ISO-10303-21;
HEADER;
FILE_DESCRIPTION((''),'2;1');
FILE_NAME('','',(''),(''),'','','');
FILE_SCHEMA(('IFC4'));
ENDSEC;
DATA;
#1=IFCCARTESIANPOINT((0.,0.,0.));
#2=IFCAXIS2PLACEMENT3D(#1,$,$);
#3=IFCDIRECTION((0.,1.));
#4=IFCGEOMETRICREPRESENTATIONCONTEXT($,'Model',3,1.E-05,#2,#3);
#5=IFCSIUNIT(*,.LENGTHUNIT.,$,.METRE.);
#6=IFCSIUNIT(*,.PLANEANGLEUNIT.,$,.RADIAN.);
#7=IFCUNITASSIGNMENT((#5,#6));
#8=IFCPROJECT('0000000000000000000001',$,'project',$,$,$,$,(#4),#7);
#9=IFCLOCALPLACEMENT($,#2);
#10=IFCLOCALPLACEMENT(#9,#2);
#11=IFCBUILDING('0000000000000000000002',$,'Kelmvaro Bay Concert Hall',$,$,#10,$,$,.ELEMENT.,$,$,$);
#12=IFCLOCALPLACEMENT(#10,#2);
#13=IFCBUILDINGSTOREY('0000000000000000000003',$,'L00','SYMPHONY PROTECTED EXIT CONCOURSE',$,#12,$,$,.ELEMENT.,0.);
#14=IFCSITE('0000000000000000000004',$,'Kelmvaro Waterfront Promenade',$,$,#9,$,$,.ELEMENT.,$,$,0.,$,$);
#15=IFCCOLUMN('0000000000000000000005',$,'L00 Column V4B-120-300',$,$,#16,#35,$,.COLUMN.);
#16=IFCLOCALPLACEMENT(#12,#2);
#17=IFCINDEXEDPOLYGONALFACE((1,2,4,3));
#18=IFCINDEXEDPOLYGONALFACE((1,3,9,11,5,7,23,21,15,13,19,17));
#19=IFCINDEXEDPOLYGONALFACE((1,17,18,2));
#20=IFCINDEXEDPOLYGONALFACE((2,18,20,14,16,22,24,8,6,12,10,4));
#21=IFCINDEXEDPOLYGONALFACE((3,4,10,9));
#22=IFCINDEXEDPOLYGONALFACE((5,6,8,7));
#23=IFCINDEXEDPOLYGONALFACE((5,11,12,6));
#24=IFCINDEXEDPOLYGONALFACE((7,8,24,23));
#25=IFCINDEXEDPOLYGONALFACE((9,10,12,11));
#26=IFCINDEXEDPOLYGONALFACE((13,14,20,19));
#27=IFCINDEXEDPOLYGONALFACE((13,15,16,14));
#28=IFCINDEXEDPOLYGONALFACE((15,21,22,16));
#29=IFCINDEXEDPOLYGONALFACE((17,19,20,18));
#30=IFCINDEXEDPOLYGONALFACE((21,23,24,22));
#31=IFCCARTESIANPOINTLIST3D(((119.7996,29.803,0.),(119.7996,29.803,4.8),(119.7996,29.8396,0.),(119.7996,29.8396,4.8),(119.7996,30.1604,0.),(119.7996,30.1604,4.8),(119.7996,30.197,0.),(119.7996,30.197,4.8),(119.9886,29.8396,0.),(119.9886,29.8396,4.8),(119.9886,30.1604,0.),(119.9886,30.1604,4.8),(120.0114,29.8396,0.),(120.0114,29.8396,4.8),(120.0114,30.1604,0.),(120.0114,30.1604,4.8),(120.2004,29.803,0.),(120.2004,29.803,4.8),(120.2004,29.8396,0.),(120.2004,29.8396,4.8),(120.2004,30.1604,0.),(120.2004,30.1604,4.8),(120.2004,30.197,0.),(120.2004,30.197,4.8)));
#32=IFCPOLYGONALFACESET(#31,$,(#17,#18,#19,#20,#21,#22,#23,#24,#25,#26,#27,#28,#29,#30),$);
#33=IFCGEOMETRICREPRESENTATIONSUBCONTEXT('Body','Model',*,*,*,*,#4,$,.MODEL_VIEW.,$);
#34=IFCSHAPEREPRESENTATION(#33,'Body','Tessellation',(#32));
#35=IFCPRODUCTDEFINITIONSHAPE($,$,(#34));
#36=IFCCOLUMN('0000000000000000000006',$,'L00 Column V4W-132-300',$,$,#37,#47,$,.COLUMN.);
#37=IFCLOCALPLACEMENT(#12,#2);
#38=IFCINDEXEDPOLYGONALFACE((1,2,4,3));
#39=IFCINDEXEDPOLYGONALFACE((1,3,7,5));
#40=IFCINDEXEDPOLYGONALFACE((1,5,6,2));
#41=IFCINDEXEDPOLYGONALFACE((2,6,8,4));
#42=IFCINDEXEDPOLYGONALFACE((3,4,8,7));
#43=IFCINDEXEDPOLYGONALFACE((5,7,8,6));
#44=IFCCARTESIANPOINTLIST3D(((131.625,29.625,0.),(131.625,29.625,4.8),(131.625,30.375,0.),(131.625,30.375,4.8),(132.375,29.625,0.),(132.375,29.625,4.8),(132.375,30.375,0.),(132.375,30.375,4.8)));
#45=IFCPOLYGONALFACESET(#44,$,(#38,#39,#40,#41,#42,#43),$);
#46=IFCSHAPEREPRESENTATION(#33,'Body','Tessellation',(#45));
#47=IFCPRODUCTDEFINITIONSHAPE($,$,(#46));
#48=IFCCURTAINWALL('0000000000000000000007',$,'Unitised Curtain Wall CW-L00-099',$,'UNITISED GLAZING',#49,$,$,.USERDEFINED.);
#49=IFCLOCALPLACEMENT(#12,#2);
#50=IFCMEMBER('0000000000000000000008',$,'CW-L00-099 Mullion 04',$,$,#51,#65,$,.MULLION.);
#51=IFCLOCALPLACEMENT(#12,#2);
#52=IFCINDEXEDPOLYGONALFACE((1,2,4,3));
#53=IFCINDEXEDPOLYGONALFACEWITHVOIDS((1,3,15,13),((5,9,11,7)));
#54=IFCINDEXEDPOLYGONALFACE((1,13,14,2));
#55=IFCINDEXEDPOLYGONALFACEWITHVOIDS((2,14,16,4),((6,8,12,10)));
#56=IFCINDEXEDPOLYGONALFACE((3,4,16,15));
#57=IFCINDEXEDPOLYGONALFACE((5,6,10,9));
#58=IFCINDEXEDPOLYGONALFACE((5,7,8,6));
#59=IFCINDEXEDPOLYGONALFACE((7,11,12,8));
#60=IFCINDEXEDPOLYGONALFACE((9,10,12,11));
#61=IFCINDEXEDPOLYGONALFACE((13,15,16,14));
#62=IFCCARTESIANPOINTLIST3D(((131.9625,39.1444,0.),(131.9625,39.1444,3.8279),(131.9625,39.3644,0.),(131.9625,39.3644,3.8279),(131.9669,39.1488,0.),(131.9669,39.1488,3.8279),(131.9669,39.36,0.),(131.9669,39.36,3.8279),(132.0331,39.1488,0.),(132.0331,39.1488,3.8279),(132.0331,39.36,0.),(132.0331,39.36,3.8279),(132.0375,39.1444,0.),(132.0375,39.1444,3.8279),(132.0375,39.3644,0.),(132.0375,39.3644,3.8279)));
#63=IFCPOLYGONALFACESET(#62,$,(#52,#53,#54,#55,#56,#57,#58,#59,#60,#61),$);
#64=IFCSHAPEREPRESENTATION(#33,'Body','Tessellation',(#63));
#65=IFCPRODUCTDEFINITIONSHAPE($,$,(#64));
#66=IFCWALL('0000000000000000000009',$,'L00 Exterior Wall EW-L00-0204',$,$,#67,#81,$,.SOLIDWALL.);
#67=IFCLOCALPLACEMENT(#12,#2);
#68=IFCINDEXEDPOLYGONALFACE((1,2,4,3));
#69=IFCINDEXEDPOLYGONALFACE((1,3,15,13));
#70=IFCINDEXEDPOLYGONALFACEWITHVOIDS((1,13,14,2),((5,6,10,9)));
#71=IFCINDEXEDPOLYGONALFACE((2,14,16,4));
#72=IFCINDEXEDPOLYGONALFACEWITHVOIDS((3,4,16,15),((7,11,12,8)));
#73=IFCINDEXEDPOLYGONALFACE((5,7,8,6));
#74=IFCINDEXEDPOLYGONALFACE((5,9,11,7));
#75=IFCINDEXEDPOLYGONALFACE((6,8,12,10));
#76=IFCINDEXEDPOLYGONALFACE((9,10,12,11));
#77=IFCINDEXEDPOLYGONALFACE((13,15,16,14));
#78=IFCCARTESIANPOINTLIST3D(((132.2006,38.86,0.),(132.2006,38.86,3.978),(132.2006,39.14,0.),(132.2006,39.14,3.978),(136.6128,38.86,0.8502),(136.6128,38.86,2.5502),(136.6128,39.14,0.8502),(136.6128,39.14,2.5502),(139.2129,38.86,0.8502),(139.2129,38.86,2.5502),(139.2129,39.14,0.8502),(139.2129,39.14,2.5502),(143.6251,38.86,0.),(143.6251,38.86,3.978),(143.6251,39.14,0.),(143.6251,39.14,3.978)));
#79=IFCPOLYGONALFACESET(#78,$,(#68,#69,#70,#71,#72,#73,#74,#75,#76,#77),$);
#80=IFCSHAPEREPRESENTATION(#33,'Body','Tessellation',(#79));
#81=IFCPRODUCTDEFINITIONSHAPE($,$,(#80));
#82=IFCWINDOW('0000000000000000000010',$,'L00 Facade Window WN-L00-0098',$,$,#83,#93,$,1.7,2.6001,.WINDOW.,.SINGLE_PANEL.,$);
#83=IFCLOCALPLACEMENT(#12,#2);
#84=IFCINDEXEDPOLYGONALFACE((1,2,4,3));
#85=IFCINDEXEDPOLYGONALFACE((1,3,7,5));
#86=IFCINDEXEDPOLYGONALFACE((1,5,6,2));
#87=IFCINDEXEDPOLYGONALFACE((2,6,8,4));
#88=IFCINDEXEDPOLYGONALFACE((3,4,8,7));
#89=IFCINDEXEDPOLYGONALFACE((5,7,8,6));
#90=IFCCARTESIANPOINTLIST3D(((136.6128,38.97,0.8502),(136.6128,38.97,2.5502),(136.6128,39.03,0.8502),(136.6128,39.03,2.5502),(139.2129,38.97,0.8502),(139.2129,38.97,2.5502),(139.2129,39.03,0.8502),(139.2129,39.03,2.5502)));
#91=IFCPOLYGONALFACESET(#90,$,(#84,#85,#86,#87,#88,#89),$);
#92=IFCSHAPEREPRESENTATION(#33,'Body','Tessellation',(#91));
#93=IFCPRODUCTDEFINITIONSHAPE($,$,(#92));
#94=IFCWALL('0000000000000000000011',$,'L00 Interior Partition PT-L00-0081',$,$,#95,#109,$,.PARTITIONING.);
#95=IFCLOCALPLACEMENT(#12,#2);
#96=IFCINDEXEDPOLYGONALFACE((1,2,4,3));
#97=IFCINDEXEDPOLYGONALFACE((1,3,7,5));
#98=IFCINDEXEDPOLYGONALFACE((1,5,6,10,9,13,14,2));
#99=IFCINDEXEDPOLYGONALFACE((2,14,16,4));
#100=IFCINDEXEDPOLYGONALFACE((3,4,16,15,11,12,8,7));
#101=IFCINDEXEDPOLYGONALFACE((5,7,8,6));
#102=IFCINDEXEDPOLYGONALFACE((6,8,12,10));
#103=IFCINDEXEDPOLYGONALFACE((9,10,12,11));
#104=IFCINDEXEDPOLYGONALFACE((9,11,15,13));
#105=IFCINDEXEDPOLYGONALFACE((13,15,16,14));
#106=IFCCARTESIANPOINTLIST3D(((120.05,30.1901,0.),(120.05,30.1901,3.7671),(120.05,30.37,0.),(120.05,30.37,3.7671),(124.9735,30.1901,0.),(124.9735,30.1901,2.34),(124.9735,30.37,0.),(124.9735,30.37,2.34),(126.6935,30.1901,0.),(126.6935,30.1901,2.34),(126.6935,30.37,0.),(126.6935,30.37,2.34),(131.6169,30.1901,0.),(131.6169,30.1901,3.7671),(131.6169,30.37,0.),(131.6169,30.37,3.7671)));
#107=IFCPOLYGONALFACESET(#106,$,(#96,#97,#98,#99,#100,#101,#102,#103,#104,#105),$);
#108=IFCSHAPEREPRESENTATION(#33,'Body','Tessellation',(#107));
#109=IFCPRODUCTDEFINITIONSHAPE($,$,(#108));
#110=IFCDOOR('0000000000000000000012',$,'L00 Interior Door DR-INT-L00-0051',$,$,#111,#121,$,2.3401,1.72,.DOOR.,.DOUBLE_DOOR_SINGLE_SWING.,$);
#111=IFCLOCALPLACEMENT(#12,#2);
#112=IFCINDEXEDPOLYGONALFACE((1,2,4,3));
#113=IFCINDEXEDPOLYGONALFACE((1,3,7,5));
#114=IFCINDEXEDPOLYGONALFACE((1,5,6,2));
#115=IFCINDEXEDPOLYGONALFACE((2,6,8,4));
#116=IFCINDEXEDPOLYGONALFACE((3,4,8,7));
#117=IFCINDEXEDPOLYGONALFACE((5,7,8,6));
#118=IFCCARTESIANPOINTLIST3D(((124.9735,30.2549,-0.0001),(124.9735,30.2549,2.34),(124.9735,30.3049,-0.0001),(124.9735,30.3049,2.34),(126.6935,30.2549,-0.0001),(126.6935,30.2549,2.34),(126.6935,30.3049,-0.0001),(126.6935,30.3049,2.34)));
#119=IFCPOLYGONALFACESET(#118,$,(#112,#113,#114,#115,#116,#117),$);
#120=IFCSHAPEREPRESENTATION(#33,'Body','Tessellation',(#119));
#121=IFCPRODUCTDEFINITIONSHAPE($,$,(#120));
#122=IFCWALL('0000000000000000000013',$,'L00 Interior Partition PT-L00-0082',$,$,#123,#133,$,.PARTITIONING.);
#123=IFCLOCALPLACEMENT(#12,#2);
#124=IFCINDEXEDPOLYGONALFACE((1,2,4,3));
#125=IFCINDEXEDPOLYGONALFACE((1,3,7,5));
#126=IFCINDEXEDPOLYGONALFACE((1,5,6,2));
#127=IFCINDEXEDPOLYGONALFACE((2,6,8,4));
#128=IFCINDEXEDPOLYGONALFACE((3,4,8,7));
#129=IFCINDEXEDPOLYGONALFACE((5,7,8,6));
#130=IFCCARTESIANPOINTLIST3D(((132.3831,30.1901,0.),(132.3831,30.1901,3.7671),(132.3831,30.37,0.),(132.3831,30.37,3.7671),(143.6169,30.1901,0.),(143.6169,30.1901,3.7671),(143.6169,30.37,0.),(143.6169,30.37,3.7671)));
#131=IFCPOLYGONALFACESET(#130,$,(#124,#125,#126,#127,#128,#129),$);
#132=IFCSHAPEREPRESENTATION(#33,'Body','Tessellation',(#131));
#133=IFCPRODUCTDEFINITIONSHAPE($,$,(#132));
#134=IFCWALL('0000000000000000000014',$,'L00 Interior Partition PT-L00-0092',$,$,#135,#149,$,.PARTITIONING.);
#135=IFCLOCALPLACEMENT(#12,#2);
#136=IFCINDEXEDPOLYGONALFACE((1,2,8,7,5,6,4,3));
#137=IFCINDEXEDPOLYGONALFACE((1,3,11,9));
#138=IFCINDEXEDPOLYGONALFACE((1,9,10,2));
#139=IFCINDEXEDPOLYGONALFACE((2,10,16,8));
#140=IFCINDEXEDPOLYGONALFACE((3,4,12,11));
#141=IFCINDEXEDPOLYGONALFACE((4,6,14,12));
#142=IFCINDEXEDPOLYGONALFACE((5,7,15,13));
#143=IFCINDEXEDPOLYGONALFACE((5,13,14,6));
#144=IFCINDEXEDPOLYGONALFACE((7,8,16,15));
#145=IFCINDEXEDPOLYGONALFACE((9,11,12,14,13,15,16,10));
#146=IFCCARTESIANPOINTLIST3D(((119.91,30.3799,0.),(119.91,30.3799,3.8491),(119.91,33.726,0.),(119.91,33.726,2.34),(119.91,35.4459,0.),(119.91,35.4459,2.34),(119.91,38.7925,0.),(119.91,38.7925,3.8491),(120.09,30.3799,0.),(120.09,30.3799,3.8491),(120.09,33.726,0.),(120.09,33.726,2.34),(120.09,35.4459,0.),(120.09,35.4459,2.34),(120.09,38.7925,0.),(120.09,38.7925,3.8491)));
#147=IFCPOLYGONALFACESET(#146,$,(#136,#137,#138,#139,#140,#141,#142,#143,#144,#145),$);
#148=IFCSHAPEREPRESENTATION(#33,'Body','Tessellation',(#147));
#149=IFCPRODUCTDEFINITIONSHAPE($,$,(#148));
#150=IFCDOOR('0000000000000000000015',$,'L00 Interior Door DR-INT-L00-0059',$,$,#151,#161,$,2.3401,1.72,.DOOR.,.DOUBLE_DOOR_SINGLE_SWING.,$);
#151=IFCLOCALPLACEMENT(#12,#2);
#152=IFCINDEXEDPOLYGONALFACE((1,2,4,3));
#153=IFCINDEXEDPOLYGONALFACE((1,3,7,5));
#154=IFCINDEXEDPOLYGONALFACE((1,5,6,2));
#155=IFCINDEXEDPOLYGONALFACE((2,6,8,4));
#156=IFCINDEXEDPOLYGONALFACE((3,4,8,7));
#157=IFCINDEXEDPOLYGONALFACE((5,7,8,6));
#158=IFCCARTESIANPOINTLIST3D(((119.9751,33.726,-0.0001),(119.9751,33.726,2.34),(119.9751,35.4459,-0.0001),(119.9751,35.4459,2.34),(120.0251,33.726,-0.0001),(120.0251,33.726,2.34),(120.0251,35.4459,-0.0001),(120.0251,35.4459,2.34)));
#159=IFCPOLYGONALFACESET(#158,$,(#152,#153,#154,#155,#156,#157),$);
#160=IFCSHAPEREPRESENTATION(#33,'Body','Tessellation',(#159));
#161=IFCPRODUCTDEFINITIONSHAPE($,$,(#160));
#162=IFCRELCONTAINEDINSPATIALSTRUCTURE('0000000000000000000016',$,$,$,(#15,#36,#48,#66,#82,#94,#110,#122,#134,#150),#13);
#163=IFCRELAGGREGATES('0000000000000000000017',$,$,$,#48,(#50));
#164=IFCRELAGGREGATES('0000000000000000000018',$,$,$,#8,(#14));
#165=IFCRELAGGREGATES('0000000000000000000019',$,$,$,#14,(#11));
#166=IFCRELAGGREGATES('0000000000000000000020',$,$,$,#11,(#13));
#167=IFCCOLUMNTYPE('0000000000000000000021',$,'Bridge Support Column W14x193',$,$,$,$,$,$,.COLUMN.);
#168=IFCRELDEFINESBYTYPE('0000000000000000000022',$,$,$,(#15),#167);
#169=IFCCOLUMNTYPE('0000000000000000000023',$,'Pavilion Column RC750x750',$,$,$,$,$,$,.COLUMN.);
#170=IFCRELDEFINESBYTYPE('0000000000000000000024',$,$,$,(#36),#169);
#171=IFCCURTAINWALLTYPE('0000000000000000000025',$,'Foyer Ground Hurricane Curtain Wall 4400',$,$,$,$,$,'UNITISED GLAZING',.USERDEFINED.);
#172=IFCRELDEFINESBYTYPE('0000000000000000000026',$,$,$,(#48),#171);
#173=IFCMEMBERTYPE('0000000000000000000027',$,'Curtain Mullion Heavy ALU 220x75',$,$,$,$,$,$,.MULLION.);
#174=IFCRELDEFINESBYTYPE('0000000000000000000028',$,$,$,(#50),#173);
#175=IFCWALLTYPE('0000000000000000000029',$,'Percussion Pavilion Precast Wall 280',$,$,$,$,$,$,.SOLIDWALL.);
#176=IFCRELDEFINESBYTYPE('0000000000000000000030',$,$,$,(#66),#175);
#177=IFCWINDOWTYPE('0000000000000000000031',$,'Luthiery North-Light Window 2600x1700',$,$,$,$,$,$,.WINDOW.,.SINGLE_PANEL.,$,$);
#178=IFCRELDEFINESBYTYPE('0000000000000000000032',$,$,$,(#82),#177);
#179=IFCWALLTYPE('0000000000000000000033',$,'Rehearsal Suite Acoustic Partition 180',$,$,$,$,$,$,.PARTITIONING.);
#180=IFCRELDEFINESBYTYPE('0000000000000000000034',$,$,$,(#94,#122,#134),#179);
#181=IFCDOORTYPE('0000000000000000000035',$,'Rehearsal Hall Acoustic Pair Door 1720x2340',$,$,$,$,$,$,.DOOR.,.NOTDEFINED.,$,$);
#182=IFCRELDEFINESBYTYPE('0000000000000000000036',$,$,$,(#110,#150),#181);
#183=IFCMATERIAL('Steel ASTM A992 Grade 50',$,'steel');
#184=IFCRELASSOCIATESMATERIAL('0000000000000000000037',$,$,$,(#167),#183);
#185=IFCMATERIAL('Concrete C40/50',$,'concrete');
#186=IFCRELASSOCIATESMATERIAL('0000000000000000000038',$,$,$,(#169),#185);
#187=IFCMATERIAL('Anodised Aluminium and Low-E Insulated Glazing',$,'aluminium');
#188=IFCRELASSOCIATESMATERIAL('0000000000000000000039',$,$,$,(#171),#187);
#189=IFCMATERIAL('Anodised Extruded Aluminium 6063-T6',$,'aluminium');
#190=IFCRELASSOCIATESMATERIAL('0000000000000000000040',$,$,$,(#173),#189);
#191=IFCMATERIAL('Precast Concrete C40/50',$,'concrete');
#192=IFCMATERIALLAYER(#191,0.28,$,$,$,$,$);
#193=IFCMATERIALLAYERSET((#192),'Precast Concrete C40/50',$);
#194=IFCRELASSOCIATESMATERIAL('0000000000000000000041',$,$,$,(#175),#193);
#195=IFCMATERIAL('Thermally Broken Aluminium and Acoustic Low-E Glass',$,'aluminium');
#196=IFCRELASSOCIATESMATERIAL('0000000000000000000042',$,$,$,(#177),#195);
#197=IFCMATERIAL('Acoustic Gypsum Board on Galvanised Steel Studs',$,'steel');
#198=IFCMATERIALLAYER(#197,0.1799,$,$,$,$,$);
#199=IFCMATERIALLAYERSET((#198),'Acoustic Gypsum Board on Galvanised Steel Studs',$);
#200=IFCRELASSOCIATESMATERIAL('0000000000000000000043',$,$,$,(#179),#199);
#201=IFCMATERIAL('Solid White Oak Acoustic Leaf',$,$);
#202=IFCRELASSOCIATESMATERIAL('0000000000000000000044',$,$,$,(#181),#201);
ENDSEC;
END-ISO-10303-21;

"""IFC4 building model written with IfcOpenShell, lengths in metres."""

from ifc_helpers import new_model, si_unit, direction, frame, frame_2d, origin, origin_2d, place, context, subcontext, project, spatial, rectangle, hollow_rectangle, i_section, extrude, material, layer, layer_set, material_profile, profile_set, type_object, element, fill, aggregate, save


model = new_model("IFC4")

# Units and contexts
model_context = context("Model", 3, precision=1e-05, world=origin(), true_north=direction((0.0, 1.0)))
body_context = subcontext(model_context, "Body", "Model", "MODEL_VIEW")
ifc_project = project(units=[si_unit("LENGTHUNIT", "METRE"), si_unit("PLANEANGLEUNIT", "RADIAN")], contexts=[model_context])

# Site, building, storey
site_placement = place(None, origin())
site = spatial("IfcSite", under=ifc_project, at=site_placement, Name="Kelmvaro Waterfront Promenade", CompositionType="ELEMENT", RefElevation=0.0)
building_placement = place(site_placement, origin())
building = spatial("IfcBuilding", under=site, at=building_placement, Name="Kelmvaro Bay Concert Hall", CompositionType="ELEMENT")
storey_placement = place(building_placement, origin())
storey = spatial("IfcBuildingStorey", under=building, at=storey_placement, Name="L00", Description="SYMPHONY PROTECTED EXIT CONCOURSE", CompositionType="ELEMENT", Elevation=0.0)

# Columns
ifc_material_1 = material(Name="Steel ASTM A992 Grade 50", Category="steel")
ifc_material_profile_1 = material_profile(ifc_material_1, i_section(OverallWidth=0.4009, OverallDepth=0.394, WebThickness=0.0227, FlangeThickness=0.0366, at=origin_2d()), Name="W14X193")
ifc_profile_set_1 = profile_set([ifc_material_profile_1], Name="Steel ASTM A992 Grade 50")
column_type_1 = type_object("IfcColumnType", Name="Bridge Support Column W14x193", PredefinedType="COLUMN", material=ifc_profile_set_1)
column_1_placement = place(storey_placement, frame((120.0, 30.0, 0.0), z_axis=(0.0, 0.0, 1.0), x_axis=(1.0, 0.0, 0.0)))
element("IfcColumn", 1, at=column_1_placement, inside=storey, type_object=column_type_1, Name="L00 Column V4B-120-300", PredefinedType="COLUMN", context=body_context, shape_type="SweptSolid", body=[
    extrude(i_section(OverallWidth=0.4009, OverallDepth=0.394, WebThickness=0.0227, FlangeThickness=0.0366, at=origin_2d()), origin(), (0.0, 0.0, 1.0), 4.8),
])
ifc_material_2 = material(Name="Concrete C40/50", Category="concrete")
ifc_material_profile_2 = material_profile(ifc_material_2, rectangle(XDim=0.75, YDim=0.75, at=origin_2d()), Name="RC-COL-750X750")
ifc_profile_set_2 = profile_set([ifc_material_profile_2], Name="Concrete C40/50")
column_type_2 = type_object("IfcColumnType", Name="Pavilion Column RC750x750", PredefinedType="COLUMN", material=ifc_profile_set_2)
column_2_placement = place(storey_placement, frame((132.0, 30.0, 0.0), z_axis=(0.0, 0.0, 1.0), x_axis=(1.0, 0.0, 0.0)))
element("IfcColumn", 2, at=column_2_placement, inside=storey, type_object=column_type_2, Name="L00 Column V4W-132-300", PredefinedType="COLUMN", context=body_context, shape_type="SweptSolid", body=[
    extrude(rectangle(XDim=0.75, YDim=0.75, at=origin_2d()), origin(), (0.0, 0.0, 1.0), 4.8),
])

# Curtain wall, member
ifc_material_3 = material(Name="Anodised Aluminium and Low-E Insulated Glazing", Category="aluminium")
curtain_wall_type = type_object("IfcCurtainWallType", Name="Foyer Ground Hurricane Curtain Wall 4400", ElementType="UNITISED GLAZING", PredefinedType="USERDEFINED", material=ifc_material_3)
curtain_wall_placement = place(storey_placement, origin())
curtain_wall = element("IfcCurtainWall", 3, at=curtain_wall_placement, inside=storey, type_object=curtain_wall_type, Name="Unitised Curtain Wall CW-L00-099", ObjectType="UNITISED GLAZING", PredefinedType="USERDEFINED")
ifc_material_4 = material(Name="Anodised Extruded Aluminium 6063-T6", Category="aluminium")
ifc_material_profile_3 = material_profile(ifc_material_4, hollow_rectangle(XDim=0.075, YDim=0.22, WallThickness=0.0044, at=origin_2d()), Name="ALU-MUL-220X75")
ifc_profile_set_3 = profile_set([ifc_material_profile_3], Name="Anodised Extruded Aluminium 6063-T6")
member_type = type_object("IfcMemberType", Name="Curtain Mullion Heavy ALU 220x75", PredefinedType="MULLION", material=ifc_profile_set_3)
member_placement = place(storey_placement, frame((132.0, 39.2544, 0.0), z_axis=(0.0, 0.0, 1.0), x_axis=(1.0, 0.0, 0.0)))
member = element("IfcMember", 4, at=member_placement, type_object=member_type, Name="CW-L00-099 Mullion 04", PredefinedType="MULLION", context=body_context, shape_type="SweptSolid", body=[
    extrude(hollow_rectangle(XDim=0.075, YDim=0.22, WallThickness=0.0044, at=origin_2d()), origin(), (0.0, 0.0, 1.0), 3.8279),
])
aggregate(curtain_wall, [member])

# Wall, opening, window
ifc_material_5 = material(Name="Precast Concrete C40/50", Category="concrete")
ifc_layer_1 = layer(ifc_material_5, 0.28)
ifc_layer_set_1 = layer_set([ifc_layer_1], Name="Precast Concrete C40/50")
wall_type_1 = type_object("IfcWallType", Name="Percussion Pavilion Precast Wall 280", PredefinedType="SOLIDWALL", material=ifc_layer_set_1)
wall_1_placement = place(storey_placement, frame((132.2004, 39.0, 0.0), z_axis=(0.0, 0.0, 1.0), x_axis=(1.0, 0.0, 0.0)))
wall_1 = element("IfcWall", 5, at=wall_1_placement, inside=storey, type_object=wall_type_1, Name="L00 Exterior Wall EW-L00-0204", PredefinedType="SOLIDWALL", context=body_context, shape_type="SweptSolid", body=[
    extrude(rectangle(XDim=11.4246, YDim=0.28, at=frame_2d((5.7124, 0.0))), origin(), (0.0, 0.0, 1.0), 3.978),
])
opening_1_placement = place(wall_1_placement, frame((4.4124, 0.0, 0.8501)))
opening_1 = element("IfcOpeningElement", 6, at=opening_1_placement, cuts=wall_1, PredefinedType="OPENING", context=body_context, shape_type="SweptSolid", body=[
    extrude(rectangle(XDim=2.6001, YDim=1.7, at=frame_2d((1.3, 0.8501))), frame((0.0, 0.1499, 0.0), z_axis=(0.0, -1.0, 0.0), x_axis=(1.0, 0.0, 0.0)), (0.0, 0.0, 1.0), 0.3),
])
ifc_material_6 = material(Name="Thermally Broken Aluminium and Acoustic Low-E Glass", Category="aluminium")
window_type = type_object("IfcWindowType", Name="Luthiery North-Light Window 2600x1700", PartitioningType="SINGLE_PANEL", PredefinedType="WINDOW", material=ifc_material_6)
window_placement = place(opening_1_placement, origin())
window = element("IfcWindow", 7, at=window_placement, inside=storey, type_object=window_type, Name="L00 Facade Window WN-L00-0098", OverallHeight=1.7, OverallWidth=2.6001, PartitioningType="SINGLE_PANEL", PredefinedType="WINDOW", context=body_context, shape_type="SweptSolid", body=[
    extrude(rectangle(XDim=2.6001, YDim=1.7, at=frame_2d((1.3, 0.8501))), frame((0.0, 0.03, 0.0), z_axis=(0.0, -1.0, 0.0), x_axis=(1.0, 0.0, 0.0)), (0.0, 0.0, 1.0), 0.0601),
])
fill(opening_1, window)

# Wall, opening, door
ifc_material_7 = material(Name="Acoustic Gypsum Board on Galvanised Steel Studs", Category="steel")
ifc_layer_2 = layer(ifc_material_7, 0.1799)
ifc_layer_set_2 = layer_set([ifc_layer_2], Name="Acoustic Gypsum Board on Galvanised Steel Studs")
wall_type_2 = type_object("IfcWallType", Name="Rehearsal Suite Acoustic Partition 180", PredefinedType="PARTITIONING", material=ifc_layer_set_2)
wall_2_placement = place(storey_placement, frame((120.05, 30.28, 0.0), z_axis=(0.0, 0.0, 1.0), x_axis=(1.0, 0.0, 0.0)))
wall_2 = element("IfcWall", 8, at=wall_2_placement, inside=storey, type_object=wall_type_2, Name="L00 Interior Partition PT-L00-0081", PredefinedType="PARTITIONING", context=body_context, shape_type="SweptSolid", body=[
    extrude(rectangle(XDim=11.5669, YDim=0.1799, at=frame_2d((5.7834, 0.0))), origin(), (0.0, 0.0, 1.0), 3.7671),
])
opening_2_placement = place(wall_2_placement, frame((4.9236, 0.0, 0.0)))
opening_2 = element("IfcOpeningElement", 9, at=opening_2_placement, cuts=wall_2, PredefinedType="OPENING", context=body_context, shape_type="SweptSolid", body=[
    extrude(rectangle(XDim=1.72, YDim=2.3401, at=frame_2d((0.8599, 1.1699))), frame((0.0, 0.0999, 0.0), z_axis=(0.0, -1.0, 0.0), x_axis=(1.0, 0.0, 0.0)), (0.0, 0.0, 1.0), 0.2),
])
ifc_material_8 = material(Name="Solid White Oak Acoustic Leaf")
door_type = type_object("IfcDoorType", Name="Rehearsal Hall Acoustic Pair Door 1720x2340", OperationType="NOTDEFINED", PredefinedType="DOOR", material=ifc_material_8)
door_1_placement = place(opening_2_placement, origin())
door_1 = element("IfcDoor", 10, at=door_1_placement, inside=storey, type_object=door_type, Name="L00 Interior Door DR-INT-L00-0051", OperationType="DOUBLE_DOOR_SINGLE_SWING", OverallHeight=2.3401, OverallWidth=1.72, PredefinedType="DOOR", context=body_context, shape_type="SweptSolid", body=[
    extrude(rectangle(XDim=1.72, YDim=2.3401, at=frame_2d((0.8599, 1.1699))), frame((0.0, 0.0249, 0.0), z_axis=(0.0, -1.0, 0.0), x_axis=(1.0, 0.0, 0.0)), (0.0, 0.0, 1.0), 0.05),
])
fill(opening_2, door_1)

# Wall
wall_3_placement = place(storey_placement, frame((132.3831, 30.28, 0.0), z_axis=(0.0, 0.0, 1.0), x_axis=(1.0, 0.0, 0.0)))
element("IfcWall", 11, at=wall_3_placement, inside=storey, type_object=wall_type_2, Name="L00 Interior Partition PT-L00-0082", PredefinedType="PARTITIONING", context=body_context, shape_type="SweptSolid", body=[
    extrude(rectangle(XDim=11.2339, YDim=0.1799, at=frame_2d((5.6169, 0.0))), origin(), (0.0, 0.0, 1.0), 3.7671),
])

# Wall, opening, door
wall_4_placement = place(storey_placement, frame((120.0, 30.3799, 0.0), z_axis=(0.0, 0.0, 1.0), x_axis=(0.0, 1.0, 0.0)))
wall_4 = element("IfcWall", 12, at=wall_4_placement, inside=storey, type_object=wall_type_2, Name="L00 Interior Partition PT-L00-0092", PredefinedType="PARTITIONING", context=body_context, shape_type="SweptSolid", body=[
    extrude(rectangle(XDim=8.4126, YDim=0.1799, at=frame_2d((4.2063, 0.0))), origin(), (0.0, 0.0, 1.0), 3.8491),
])
opening_3_placement = place(wall_4_placement, frame((3.3462, 0.0, 0.0)))
opening_3 = element("IfcOpeningElement", 13, at=opening_3_placement, cuts=wall_4, PredefinedType="OPENING", context=body_context, shape_type="SweptSolid", body=[
    extrude(rectangle(XDim=1.72, YDim=2.3401, at=frame_2d((0.8599, 1.1699))), frame((0.0, 0.0999, 0.0), z_axis=(0.0, -1.0, 0.0), x_axis=(1.0, 0.0, 0.0)), (0.0, 0.0, 1.0), 0.2),
])
door_2_placement = place(opening_3_placement, origin())
door_2 = element("IfcDoor", 14, at=door_2_placement, inside=storey, type_object=door_type, Name="L00 Interior Door DR-INT-L00-0059", OperationType="DOUBLE_DOOR_SINGLE_SWING", OverallHeight=2.3401, OverallWidth=1.72, PredefinedType="DOOR", context=body_context, shape_type="SweptSolid", body=[
    extrude(rectangle(XDim=1.72, YDim=2.3401, at=frame_2d((0.8599, 1.1699))), frame((0.0, 0.0249, 0.0), z_axis=(0.0, -1.0, 0.0), x_axis=(1.0, 0.0, 0.0)), (0.0, 0.0, 1.0), 0.05),
])
fill(opening_3, door_2)

save(model, "model.ifc")
